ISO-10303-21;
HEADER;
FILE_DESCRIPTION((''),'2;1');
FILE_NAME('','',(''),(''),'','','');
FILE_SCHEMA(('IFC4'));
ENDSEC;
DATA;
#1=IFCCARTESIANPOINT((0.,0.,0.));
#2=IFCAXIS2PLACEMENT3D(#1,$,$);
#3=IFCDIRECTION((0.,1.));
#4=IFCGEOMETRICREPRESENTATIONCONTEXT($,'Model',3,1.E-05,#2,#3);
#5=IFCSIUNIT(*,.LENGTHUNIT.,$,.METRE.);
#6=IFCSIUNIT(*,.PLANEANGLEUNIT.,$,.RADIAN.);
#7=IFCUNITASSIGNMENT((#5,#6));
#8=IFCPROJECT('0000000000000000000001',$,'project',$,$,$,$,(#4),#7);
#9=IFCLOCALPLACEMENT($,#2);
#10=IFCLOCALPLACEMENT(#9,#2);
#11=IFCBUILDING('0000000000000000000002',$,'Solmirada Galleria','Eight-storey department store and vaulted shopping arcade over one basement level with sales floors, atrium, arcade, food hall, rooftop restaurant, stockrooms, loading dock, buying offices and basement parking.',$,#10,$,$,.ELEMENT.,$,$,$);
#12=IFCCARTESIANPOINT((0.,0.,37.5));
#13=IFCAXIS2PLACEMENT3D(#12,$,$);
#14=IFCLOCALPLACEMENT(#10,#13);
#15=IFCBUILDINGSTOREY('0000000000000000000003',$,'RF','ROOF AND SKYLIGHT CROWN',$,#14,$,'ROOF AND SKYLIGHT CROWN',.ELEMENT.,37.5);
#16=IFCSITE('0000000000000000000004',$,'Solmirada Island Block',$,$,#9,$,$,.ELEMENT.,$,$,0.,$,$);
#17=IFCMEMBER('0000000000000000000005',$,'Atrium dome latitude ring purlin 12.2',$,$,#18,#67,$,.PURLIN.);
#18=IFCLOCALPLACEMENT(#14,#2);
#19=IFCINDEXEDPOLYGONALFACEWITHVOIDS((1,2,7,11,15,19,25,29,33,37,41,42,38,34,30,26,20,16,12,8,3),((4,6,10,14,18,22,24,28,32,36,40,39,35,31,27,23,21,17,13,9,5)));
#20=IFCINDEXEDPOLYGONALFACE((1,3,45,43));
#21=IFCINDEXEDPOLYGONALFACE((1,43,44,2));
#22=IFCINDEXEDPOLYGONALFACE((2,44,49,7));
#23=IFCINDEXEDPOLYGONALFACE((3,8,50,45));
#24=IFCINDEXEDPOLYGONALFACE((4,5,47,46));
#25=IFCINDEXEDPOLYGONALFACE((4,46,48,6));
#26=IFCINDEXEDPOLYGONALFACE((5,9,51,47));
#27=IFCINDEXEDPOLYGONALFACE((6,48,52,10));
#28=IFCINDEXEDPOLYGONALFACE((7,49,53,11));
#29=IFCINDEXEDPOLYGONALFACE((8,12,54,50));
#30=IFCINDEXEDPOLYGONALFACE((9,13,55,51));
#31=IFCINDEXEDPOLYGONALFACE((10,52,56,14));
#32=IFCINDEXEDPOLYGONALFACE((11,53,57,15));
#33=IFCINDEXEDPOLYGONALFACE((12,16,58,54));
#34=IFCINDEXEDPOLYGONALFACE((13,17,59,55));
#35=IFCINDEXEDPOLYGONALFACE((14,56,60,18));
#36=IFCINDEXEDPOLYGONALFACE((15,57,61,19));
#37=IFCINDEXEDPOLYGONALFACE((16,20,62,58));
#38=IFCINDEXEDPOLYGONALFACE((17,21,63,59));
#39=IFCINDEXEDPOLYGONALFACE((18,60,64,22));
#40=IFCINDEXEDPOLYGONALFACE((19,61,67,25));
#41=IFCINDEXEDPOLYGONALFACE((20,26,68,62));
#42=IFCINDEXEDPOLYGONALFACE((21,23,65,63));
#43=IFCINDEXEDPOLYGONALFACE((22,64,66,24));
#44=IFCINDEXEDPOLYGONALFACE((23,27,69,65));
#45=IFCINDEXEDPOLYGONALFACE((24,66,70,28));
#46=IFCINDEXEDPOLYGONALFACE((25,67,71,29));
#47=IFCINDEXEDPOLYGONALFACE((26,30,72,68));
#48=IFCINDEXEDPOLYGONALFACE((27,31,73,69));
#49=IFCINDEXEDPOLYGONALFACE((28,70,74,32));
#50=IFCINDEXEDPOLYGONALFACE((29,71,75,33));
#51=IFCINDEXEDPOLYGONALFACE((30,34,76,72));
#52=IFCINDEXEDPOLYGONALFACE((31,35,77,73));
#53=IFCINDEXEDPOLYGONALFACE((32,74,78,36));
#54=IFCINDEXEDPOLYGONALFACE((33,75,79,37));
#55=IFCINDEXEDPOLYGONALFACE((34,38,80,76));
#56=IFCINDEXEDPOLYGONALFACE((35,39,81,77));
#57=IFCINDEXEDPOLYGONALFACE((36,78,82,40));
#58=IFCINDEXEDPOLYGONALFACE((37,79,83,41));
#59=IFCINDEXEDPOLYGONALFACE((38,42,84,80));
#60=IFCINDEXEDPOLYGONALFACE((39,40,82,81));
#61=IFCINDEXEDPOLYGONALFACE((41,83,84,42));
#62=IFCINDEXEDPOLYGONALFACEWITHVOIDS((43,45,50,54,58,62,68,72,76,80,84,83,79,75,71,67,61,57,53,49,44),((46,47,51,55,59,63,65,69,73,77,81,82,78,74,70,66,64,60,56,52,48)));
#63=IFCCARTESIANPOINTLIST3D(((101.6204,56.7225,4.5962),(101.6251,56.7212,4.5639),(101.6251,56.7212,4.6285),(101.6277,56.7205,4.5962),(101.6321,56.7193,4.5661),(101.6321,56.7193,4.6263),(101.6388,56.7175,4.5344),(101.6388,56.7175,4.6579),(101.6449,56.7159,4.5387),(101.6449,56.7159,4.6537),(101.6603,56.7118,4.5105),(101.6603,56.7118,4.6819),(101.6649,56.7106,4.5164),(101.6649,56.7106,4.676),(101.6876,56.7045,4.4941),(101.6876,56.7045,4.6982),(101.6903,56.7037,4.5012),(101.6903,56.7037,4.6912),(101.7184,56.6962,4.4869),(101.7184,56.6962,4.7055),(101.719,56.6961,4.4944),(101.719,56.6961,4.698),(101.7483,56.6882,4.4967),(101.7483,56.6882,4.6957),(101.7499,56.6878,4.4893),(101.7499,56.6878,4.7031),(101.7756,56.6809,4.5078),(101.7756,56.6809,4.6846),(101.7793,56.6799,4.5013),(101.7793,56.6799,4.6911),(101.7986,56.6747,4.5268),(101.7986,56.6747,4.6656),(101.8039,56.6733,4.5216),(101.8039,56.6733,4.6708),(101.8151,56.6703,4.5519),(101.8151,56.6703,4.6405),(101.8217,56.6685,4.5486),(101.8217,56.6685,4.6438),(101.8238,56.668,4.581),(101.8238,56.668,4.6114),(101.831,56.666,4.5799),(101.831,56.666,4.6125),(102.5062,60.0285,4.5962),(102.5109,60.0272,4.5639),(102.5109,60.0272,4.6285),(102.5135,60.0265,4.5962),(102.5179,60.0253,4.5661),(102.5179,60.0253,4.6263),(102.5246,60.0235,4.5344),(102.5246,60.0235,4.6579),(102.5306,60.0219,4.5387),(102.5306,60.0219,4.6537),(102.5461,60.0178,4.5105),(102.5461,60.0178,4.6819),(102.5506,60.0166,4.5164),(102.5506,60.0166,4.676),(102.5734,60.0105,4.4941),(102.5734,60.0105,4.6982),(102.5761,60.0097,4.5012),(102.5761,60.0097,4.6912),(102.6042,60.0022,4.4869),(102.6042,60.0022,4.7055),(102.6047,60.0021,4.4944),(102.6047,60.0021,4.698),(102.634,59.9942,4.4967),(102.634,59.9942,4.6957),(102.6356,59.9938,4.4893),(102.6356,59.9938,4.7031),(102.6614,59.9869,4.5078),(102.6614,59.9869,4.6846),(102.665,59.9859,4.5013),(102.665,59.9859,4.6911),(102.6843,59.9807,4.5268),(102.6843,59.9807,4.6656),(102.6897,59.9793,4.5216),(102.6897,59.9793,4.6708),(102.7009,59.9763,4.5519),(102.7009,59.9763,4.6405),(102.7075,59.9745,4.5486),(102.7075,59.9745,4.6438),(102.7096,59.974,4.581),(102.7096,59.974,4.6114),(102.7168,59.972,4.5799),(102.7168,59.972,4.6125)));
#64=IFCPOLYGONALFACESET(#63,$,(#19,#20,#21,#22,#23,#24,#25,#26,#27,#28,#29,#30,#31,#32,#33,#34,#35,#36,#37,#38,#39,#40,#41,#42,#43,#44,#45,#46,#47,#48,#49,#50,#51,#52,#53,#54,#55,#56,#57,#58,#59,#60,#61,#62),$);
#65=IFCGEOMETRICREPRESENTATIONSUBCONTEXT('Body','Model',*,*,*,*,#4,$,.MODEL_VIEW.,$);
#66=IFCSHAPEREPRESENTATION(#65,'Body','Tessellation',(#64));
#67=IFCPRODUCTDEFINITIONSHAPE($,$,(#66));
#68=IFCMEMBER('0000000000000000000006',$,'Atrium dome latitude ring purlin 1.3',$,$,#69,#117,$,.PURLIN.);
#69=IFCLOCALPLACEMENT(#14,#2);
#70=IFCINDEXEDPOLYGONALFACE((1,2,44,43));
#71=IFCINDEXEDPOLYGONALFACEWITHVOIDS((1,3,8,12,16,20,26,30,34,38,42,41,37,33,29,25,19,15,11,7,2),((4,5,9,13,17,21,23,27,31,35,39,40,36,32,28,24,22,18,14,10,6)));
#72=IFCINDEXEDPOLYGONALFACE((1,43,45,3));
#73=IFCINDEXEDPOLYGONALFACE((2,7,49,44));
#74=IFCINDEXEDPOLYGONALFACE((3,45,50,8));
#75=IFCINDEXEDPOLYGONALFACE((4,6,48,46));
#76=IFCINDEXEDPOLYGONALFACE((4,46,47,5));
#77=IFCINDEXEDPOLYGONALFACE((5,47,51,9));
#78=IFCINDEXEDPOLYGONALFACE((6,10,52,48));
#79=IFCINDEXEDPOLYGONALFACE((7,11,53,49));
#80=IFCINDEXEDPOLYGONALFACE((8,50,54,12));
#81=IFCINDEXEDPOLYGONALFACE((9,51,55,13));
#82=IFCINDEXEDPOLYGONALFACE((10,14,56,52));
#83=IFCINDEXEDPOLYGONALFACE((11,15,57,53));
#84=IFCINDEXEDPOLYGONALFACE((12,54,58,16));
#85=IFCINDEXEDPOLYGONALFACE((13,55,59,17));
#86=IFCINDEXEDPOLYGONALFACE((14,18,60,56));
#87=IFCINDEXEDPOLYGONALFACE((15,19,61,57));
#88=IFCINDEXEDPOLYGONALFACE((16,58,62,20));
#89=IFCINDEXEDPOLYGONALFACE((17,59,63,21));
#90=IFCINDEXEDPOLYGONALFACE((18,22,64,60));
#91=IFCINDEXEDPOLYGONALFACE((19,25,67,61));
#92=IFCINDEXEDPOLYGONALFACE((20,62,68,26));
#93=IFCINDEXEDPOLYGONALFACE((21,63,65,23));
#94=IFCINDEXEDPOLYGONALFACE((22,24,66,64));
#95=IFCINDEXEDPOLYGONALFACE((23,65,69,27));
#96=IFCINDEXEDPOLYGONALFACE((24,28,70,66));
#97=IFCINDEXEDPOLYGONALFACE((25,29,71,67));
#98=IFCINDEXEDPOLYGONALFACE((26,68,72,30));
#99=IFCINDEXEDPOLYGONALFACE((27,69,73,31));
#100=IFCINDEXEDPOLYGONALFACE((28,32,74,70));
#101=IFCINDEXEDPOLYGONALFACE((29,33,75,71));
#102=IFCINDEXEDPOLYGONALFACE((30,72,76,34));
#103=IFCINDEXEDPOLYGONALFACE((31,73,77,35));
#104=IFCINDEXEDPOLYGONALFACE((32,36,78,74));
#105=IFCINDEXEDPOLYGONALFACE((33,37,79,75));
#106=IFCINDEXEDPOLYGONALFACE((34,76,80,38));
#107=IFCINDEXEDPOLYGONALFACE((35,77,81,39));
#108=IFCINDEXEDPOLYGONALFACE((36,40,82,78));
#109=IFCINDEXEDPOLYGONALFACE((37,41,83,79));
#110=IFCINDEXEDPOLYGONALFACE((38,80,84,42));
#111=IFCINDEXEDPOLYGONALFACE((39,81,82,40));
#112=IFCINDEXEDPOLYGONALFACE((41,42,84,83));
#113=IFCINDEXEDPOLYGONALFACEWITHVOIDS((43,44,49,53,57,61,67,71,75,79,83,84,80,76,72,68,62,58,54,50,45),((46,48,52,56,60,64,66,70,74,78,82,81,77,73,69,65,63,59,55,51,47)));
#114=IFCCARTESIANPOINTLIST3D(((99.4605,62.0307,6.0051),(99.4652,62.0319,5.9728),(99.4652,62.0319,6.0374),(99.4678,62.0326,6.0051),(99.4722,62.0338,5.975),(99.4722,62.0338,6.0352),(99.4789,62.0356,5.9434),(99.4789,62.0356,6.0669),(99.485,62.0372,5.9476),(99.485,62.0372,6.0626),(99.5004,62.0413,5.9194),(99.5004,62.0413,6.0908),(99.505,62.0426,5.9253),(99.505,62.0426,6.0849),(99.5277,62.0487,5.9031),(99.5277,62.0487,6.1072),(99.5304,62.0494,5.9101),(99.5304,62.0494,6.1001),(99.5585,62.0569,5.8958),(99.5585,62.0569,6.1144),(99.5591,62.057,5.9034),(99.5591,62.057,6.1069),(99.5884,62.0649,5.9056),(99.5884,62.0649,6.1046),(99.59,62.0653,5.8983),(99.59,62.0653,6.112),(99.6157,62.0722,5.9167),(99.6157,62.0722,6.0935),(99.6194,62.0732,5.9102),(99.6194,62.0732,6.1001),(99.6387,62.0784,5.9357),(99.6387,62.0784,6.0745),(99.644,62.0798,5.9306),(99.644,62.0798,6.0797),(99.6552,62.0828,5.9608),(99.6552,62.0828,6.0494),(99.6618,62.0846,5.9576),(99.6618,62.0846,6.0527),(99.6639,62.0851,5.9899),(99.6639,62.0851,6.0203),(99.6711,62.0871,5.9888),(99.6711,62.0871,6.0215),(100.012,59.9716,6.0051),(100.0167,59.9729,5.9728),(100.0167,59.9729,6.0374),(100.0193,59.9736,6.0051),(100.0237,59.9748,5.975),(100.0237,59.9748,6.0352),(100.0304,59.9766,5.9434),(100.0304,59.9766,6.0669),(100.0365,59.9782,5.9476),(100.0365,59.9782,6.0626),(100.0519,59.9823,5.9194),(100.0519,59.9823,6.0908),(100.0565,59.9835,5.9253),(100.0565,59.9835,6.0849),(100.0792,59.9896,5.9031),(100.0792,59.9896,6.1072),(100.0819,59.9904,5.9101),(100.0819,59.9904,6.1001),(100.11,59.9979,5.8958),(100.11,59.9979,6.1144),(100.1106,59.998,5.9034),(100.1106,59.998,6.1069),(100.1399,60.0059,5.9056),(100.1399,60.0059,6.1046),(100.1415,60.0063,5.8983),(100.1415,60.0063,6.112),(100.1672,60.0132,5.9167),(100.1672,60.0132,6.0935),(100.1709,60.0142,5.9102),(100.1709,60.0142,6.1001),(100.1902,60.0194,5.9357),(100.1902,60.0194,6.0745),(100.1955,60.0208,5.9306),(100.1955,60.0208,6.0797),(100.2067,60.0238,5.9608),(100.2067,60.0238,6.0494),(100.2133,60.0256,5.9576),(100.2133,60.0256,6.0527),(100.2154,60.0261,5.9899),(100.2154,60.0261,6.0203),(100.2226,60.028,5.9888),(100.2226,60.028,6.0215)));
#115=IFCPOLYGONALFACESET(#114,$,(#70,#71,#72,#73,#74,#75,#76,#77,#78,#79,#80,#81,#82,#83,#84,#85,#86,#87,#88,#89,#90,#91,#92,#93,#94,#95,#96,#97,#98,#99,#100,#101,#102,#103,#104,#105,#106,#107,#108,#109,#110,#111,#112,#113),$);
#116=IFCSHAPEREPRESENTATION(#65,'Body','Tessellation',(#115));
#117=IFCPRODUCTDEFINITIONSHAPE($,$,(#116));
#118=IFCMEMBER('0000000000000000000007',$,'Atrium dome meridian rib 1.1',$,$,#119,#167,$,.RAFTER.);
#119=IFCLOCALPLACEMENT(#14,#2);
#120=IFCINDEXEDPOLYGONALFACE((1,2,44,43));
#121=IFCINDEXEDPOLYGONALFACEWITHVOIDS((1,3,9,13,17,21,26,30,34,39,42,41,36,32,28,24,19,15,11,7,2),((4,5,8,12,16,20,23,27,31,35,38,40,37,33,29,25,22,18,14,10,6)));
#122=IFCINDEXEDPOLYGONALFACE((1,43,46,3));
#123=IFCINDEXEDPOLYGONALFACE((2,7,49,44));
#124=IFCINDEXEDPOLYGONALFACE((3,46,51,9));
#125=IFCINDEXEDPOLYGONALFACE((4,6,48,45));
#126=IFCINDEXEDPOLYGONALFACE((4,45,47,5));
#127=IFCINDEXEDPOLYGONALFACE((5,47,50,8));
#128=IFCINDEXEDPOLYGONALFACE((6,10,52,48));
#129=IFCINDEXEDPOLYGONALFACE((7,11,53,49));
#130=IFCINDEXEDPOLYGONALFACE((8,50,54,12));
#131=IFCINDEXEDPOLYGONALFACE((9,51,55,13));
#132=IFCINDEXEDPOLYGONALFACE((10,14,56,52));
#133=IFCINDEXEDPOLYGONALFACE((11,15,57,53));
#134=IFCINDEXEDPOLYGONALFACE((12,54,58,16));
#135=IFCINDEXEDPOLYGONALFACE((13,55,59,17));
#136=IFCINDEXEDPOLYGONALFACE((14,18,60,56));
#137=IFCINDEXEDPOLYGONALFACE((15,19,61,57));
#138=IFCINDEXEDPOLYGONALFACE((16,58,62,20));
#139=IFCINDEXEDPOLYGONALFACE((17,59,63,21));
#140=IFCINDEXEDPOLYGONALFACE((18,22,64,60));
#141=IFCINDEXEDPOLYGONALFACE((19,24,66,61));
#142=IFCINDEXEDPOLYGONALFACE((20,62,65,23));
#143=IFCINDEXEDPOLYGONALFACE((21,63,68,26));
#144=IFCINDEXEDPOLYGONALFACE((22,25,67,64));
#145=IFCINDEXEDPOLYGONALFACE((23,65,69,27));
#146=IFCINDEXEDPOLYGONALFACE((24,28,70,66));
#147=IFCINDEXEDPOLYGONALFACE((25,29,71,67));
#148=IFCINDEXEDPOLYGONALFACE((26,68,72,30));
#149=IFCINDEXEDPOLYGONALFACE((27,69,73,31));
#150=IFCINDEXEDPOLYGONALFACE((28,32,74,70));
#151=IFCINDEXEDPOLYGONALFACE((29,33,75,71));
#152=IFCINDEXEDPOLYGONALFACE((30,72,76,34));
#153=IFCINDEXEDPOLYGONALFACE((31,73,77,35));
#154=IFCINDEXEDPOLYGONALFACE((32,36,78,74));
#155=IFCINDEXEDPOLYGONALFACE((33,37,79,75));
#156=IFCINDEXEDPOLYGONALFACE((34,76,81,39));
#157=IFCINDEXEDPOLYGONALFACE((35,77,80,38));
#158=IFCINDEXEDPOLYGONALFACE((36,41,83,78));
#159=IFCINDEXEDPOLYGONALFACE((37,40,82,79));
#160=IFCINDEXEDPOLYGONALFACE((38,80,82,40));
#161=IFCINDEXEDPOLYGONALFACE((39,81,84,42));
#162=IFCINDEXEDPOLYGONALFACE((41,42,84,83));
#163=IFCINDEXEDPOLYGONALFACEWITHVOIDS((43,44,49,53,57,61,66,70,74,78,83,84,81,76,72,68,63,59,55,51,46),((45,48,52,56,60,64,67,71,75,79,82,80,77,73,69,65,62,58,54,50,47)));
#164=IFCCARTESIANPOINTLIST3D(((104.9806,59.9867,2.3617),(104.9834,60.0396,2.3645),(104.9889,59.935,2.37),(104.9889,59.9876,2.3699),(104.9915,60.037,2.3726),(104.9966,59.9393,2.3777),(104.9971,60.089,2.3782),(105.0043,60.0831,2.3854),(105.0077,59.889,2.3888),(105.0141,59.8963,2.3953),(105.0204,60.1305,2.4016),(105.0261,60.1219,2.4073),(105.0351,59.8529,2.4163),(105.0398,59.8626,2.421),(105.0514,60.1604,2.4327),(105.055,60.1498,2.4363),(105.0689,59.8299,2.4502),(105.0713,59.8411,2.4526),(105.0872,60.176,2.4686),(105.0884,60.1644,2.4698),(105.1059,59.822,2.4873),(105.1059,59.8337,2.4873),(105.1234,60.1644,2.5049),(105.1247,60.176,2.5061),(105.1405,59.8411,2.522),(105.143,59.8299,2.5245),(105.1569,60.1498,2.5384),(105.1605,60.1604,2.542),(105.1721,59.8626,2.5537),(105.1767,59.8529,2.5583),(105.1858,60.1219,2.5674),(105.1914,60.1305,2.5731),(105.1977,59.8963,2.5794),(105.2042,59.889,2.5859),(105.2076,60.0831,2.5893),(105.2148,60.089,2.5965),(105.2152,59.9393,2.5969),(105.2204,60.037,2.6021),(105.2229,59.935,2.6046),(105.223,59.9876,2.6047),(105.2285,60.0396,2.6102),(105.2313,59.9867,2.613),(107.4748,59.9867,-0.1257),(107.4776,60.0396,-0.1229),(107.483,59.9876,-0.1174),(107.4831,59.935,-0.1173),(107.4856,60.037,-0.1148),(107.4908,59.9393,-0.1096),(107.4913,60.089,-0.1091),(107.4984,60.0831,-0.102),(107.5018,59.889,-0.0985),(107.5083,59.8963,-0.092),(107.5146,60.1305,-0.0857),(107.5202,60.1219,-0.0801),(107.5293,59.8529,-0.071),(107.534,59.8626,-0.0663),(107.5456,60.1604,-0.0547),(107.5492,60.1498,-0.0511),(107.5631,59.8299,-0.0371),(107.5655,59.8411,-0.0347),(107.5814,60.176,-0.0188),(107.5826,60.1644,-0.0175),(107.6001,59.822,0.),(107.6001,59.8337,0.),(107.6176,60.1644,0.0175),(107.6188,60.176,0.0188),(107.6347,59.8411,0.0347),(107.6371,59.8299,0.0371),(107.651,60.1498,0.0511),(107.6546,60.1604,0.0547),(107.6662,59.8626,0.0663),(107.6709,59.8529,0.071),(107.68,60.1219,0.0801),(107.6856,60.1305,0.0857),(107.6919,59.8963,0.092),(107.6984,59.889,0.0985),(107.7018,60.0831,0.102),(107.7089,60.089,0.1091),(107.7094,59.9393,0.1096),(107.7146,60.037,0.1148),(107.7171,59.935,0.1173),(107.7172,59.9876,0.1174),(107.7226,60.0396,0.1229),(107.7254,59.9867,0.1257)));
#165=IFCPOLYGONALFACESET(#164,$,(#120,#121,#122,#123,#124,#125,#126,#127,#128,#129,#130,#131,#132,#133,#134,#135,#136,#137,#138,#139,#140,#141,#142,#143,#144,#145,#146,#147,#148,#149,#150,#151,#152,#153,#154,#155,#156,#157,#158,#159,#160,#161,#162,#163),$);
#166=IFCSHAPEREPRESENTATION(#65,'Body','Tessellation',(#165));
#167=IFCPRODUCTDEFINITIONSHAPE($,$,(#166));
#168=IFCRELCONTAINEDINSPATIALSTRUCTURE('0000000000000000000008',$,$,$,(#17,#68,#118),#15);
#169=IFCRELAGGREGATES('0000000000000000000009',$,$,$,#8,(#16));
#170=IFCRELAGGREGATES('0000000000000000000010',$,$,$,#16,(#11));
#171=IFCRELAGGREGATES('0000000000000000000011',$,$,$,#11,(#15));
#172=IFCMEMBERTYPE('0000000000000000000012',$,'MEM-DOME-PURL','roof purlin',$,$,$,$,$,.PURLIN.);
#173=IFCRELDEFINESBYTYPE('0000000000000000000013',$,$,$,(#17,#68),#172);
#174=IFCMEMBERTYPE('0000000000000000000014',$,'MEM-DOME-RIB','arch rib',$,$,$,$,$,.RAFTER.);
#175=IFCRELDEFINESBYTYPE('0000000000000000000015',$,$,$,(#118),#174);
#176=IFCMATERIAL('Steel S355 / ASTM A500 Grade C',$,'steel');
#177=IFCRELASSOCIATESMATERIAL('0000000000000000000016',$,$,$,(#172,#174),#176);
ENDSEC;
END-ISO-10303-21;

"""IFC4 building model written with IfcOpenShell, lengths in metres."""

from ifc_helpers import new_model, si_unit, direction, frame, origin, origin_2d, place, context, subcontext, project, spatial, hollow_circle, extrude, material, material_profile, profile_set, type_object, element, save


model = new_model("IFC4")

# Units and contexts
model_context = context("Model", 3, precision=1e-05, world=origin(), true_north=direction((0.0, 1.0)))
body_context = subcontext(model_context, "Body", "Model", "MODEL_VIEW")
ifc_project = project(units=[si_unit("LENGTHUNIT", "METRE"), si_unit("PLANEANGLEUNIT", "RADIAN")], contexts=[model_context])

# Site, building, storey
site_placement = place(None, origin())
site = spatial("IfcSite", under=ifc_project, at=site_placement, Name="Solmirada Island Block", CompositionType="ELEMENT", RefElevation=0.0)
building_placement = place(site_placement, origin())
building = spatial("IfcBuilding", under=site, at=building_placement, Name="Solmirada Galleria", Description="Eight-storey department store and vaulted shopping arcade over one basement level with sales floors, atrium, arcade, food hall, rooftop restaurant, stockrooms, loading dock, buying offices and basement parking.", CompositionType="ELEMENT")
storey_placement = place(building_placement, frame((0.0, 0.0, 37.5)))
storey = spatial("IfcBuildingStorey", under=building, at=storey_placement, Name="RF", Description="ROOF AND SKYLIGHT CROWN", LongName="ROOF AND SKYLIGHT CROWN", CompositionType="ELEMENT", Elevation=37.5)

# Members
ifc_material_1 = material(Name="Steel S355 / ASTM A500 Grade C", Category="steel")
ifc_material_profile_1 = material_profile(ifc_material_1, hollow_circle(Radius=0.1096, WallThickness=0.0076, at=origin_2d()), Name="HSS8.625X0.322")
ifc_profile_set_1 = profile_set([ifc_material_profile_1], Name="Steel S355 / ASTM A500 Grade C")
member_type_1 = type_object("IfcMemberType", Name="MEM-DOME-PURL", Description="roof purlin", PredefinedType="PURLIN", material=ifc_profile_set_1)
for number, where, z_axis, x_axis, name in (
    (1, (101.7263, 56.6941, 4.5962), (0.258799, 0.965931, 0.0), (-0.965931, 0.258799, 0.0), "Atrium dome latitude ring purlin 12.2"),
):
    element("IfcMember", number, at=place(storey_placement, frame(where, z_axis=z_axis, x_axis=x_axis)), inside=storey, type_object=member_type_1, Name=name, PredefinedType="PURLIN", context=body_context, shape_type="SweptSolid", body=[
        extrude(hollow_circle(Radius=0.1096, WallThickness=0.0076, at=origin_2d()), origin(), (0.0, 0.0, 1.0), 3.4226),
    ])
member_1_placement = place(storey_placement, frame((100.1179, 60.0, 6.0051), z_axis=(-0.258725, 0.965951, 0.0), x_axis=(-0.965951, -0.258725, 0.0)))
element("IfcMember", 2, at=member_1_placement, inside=storey, type_object=member_type_1, Name="Atrium dome latitude ring purlin 1.3", PredefinedType="PURLIN", context=body_context, shape_type="SweptSolid", body=[
    extrude(hollow_circle(Radius=0.1096, WallThickness=0.0076, at=origin_2d()), origin(), (0.0, 0.0, 1.0), 2.1316),
])
ifc_material_profile_2 = material_profile(ifc_material_1, hollow_circle(Radius=0.178, WallThickness=0.0117, at=origin_2d()), Name="HSS14.000X0.500")
ifc_profile_set_2 = profile_set([ifc_material_profile_2], Name="Steel S355 / ASTM A500 Grade C")
member_type_2 = type_object("IfcMemberType", Name="MEM-DOME-RIB", Description="arch rib", PredefinedType="RAFTER", material=ifc_profile_set_2)
member_2_placement = place(storey_placement, frame((107.6001, 60.0, 0.0), z_axis=(-0.708076, 0.0, 0.706136), x_axis=(0.0, -1.0, 0.0)))
element("IfcMember", 3, at=member_2_placement, inside=storey, type_object=member_type_2, Name="Atrium dome meridian rib 1.1", PredefinedType="RAFTER", context=body_context, shape_type="SweptSolid", body=[
    extrude(hollow_circle(Radius=0.178, WallThickness=0.0117, at=origin_2d()), origin(), (0.0, 0.0, 1.0), 3.5225),
])

save(model, "model.ifc")
